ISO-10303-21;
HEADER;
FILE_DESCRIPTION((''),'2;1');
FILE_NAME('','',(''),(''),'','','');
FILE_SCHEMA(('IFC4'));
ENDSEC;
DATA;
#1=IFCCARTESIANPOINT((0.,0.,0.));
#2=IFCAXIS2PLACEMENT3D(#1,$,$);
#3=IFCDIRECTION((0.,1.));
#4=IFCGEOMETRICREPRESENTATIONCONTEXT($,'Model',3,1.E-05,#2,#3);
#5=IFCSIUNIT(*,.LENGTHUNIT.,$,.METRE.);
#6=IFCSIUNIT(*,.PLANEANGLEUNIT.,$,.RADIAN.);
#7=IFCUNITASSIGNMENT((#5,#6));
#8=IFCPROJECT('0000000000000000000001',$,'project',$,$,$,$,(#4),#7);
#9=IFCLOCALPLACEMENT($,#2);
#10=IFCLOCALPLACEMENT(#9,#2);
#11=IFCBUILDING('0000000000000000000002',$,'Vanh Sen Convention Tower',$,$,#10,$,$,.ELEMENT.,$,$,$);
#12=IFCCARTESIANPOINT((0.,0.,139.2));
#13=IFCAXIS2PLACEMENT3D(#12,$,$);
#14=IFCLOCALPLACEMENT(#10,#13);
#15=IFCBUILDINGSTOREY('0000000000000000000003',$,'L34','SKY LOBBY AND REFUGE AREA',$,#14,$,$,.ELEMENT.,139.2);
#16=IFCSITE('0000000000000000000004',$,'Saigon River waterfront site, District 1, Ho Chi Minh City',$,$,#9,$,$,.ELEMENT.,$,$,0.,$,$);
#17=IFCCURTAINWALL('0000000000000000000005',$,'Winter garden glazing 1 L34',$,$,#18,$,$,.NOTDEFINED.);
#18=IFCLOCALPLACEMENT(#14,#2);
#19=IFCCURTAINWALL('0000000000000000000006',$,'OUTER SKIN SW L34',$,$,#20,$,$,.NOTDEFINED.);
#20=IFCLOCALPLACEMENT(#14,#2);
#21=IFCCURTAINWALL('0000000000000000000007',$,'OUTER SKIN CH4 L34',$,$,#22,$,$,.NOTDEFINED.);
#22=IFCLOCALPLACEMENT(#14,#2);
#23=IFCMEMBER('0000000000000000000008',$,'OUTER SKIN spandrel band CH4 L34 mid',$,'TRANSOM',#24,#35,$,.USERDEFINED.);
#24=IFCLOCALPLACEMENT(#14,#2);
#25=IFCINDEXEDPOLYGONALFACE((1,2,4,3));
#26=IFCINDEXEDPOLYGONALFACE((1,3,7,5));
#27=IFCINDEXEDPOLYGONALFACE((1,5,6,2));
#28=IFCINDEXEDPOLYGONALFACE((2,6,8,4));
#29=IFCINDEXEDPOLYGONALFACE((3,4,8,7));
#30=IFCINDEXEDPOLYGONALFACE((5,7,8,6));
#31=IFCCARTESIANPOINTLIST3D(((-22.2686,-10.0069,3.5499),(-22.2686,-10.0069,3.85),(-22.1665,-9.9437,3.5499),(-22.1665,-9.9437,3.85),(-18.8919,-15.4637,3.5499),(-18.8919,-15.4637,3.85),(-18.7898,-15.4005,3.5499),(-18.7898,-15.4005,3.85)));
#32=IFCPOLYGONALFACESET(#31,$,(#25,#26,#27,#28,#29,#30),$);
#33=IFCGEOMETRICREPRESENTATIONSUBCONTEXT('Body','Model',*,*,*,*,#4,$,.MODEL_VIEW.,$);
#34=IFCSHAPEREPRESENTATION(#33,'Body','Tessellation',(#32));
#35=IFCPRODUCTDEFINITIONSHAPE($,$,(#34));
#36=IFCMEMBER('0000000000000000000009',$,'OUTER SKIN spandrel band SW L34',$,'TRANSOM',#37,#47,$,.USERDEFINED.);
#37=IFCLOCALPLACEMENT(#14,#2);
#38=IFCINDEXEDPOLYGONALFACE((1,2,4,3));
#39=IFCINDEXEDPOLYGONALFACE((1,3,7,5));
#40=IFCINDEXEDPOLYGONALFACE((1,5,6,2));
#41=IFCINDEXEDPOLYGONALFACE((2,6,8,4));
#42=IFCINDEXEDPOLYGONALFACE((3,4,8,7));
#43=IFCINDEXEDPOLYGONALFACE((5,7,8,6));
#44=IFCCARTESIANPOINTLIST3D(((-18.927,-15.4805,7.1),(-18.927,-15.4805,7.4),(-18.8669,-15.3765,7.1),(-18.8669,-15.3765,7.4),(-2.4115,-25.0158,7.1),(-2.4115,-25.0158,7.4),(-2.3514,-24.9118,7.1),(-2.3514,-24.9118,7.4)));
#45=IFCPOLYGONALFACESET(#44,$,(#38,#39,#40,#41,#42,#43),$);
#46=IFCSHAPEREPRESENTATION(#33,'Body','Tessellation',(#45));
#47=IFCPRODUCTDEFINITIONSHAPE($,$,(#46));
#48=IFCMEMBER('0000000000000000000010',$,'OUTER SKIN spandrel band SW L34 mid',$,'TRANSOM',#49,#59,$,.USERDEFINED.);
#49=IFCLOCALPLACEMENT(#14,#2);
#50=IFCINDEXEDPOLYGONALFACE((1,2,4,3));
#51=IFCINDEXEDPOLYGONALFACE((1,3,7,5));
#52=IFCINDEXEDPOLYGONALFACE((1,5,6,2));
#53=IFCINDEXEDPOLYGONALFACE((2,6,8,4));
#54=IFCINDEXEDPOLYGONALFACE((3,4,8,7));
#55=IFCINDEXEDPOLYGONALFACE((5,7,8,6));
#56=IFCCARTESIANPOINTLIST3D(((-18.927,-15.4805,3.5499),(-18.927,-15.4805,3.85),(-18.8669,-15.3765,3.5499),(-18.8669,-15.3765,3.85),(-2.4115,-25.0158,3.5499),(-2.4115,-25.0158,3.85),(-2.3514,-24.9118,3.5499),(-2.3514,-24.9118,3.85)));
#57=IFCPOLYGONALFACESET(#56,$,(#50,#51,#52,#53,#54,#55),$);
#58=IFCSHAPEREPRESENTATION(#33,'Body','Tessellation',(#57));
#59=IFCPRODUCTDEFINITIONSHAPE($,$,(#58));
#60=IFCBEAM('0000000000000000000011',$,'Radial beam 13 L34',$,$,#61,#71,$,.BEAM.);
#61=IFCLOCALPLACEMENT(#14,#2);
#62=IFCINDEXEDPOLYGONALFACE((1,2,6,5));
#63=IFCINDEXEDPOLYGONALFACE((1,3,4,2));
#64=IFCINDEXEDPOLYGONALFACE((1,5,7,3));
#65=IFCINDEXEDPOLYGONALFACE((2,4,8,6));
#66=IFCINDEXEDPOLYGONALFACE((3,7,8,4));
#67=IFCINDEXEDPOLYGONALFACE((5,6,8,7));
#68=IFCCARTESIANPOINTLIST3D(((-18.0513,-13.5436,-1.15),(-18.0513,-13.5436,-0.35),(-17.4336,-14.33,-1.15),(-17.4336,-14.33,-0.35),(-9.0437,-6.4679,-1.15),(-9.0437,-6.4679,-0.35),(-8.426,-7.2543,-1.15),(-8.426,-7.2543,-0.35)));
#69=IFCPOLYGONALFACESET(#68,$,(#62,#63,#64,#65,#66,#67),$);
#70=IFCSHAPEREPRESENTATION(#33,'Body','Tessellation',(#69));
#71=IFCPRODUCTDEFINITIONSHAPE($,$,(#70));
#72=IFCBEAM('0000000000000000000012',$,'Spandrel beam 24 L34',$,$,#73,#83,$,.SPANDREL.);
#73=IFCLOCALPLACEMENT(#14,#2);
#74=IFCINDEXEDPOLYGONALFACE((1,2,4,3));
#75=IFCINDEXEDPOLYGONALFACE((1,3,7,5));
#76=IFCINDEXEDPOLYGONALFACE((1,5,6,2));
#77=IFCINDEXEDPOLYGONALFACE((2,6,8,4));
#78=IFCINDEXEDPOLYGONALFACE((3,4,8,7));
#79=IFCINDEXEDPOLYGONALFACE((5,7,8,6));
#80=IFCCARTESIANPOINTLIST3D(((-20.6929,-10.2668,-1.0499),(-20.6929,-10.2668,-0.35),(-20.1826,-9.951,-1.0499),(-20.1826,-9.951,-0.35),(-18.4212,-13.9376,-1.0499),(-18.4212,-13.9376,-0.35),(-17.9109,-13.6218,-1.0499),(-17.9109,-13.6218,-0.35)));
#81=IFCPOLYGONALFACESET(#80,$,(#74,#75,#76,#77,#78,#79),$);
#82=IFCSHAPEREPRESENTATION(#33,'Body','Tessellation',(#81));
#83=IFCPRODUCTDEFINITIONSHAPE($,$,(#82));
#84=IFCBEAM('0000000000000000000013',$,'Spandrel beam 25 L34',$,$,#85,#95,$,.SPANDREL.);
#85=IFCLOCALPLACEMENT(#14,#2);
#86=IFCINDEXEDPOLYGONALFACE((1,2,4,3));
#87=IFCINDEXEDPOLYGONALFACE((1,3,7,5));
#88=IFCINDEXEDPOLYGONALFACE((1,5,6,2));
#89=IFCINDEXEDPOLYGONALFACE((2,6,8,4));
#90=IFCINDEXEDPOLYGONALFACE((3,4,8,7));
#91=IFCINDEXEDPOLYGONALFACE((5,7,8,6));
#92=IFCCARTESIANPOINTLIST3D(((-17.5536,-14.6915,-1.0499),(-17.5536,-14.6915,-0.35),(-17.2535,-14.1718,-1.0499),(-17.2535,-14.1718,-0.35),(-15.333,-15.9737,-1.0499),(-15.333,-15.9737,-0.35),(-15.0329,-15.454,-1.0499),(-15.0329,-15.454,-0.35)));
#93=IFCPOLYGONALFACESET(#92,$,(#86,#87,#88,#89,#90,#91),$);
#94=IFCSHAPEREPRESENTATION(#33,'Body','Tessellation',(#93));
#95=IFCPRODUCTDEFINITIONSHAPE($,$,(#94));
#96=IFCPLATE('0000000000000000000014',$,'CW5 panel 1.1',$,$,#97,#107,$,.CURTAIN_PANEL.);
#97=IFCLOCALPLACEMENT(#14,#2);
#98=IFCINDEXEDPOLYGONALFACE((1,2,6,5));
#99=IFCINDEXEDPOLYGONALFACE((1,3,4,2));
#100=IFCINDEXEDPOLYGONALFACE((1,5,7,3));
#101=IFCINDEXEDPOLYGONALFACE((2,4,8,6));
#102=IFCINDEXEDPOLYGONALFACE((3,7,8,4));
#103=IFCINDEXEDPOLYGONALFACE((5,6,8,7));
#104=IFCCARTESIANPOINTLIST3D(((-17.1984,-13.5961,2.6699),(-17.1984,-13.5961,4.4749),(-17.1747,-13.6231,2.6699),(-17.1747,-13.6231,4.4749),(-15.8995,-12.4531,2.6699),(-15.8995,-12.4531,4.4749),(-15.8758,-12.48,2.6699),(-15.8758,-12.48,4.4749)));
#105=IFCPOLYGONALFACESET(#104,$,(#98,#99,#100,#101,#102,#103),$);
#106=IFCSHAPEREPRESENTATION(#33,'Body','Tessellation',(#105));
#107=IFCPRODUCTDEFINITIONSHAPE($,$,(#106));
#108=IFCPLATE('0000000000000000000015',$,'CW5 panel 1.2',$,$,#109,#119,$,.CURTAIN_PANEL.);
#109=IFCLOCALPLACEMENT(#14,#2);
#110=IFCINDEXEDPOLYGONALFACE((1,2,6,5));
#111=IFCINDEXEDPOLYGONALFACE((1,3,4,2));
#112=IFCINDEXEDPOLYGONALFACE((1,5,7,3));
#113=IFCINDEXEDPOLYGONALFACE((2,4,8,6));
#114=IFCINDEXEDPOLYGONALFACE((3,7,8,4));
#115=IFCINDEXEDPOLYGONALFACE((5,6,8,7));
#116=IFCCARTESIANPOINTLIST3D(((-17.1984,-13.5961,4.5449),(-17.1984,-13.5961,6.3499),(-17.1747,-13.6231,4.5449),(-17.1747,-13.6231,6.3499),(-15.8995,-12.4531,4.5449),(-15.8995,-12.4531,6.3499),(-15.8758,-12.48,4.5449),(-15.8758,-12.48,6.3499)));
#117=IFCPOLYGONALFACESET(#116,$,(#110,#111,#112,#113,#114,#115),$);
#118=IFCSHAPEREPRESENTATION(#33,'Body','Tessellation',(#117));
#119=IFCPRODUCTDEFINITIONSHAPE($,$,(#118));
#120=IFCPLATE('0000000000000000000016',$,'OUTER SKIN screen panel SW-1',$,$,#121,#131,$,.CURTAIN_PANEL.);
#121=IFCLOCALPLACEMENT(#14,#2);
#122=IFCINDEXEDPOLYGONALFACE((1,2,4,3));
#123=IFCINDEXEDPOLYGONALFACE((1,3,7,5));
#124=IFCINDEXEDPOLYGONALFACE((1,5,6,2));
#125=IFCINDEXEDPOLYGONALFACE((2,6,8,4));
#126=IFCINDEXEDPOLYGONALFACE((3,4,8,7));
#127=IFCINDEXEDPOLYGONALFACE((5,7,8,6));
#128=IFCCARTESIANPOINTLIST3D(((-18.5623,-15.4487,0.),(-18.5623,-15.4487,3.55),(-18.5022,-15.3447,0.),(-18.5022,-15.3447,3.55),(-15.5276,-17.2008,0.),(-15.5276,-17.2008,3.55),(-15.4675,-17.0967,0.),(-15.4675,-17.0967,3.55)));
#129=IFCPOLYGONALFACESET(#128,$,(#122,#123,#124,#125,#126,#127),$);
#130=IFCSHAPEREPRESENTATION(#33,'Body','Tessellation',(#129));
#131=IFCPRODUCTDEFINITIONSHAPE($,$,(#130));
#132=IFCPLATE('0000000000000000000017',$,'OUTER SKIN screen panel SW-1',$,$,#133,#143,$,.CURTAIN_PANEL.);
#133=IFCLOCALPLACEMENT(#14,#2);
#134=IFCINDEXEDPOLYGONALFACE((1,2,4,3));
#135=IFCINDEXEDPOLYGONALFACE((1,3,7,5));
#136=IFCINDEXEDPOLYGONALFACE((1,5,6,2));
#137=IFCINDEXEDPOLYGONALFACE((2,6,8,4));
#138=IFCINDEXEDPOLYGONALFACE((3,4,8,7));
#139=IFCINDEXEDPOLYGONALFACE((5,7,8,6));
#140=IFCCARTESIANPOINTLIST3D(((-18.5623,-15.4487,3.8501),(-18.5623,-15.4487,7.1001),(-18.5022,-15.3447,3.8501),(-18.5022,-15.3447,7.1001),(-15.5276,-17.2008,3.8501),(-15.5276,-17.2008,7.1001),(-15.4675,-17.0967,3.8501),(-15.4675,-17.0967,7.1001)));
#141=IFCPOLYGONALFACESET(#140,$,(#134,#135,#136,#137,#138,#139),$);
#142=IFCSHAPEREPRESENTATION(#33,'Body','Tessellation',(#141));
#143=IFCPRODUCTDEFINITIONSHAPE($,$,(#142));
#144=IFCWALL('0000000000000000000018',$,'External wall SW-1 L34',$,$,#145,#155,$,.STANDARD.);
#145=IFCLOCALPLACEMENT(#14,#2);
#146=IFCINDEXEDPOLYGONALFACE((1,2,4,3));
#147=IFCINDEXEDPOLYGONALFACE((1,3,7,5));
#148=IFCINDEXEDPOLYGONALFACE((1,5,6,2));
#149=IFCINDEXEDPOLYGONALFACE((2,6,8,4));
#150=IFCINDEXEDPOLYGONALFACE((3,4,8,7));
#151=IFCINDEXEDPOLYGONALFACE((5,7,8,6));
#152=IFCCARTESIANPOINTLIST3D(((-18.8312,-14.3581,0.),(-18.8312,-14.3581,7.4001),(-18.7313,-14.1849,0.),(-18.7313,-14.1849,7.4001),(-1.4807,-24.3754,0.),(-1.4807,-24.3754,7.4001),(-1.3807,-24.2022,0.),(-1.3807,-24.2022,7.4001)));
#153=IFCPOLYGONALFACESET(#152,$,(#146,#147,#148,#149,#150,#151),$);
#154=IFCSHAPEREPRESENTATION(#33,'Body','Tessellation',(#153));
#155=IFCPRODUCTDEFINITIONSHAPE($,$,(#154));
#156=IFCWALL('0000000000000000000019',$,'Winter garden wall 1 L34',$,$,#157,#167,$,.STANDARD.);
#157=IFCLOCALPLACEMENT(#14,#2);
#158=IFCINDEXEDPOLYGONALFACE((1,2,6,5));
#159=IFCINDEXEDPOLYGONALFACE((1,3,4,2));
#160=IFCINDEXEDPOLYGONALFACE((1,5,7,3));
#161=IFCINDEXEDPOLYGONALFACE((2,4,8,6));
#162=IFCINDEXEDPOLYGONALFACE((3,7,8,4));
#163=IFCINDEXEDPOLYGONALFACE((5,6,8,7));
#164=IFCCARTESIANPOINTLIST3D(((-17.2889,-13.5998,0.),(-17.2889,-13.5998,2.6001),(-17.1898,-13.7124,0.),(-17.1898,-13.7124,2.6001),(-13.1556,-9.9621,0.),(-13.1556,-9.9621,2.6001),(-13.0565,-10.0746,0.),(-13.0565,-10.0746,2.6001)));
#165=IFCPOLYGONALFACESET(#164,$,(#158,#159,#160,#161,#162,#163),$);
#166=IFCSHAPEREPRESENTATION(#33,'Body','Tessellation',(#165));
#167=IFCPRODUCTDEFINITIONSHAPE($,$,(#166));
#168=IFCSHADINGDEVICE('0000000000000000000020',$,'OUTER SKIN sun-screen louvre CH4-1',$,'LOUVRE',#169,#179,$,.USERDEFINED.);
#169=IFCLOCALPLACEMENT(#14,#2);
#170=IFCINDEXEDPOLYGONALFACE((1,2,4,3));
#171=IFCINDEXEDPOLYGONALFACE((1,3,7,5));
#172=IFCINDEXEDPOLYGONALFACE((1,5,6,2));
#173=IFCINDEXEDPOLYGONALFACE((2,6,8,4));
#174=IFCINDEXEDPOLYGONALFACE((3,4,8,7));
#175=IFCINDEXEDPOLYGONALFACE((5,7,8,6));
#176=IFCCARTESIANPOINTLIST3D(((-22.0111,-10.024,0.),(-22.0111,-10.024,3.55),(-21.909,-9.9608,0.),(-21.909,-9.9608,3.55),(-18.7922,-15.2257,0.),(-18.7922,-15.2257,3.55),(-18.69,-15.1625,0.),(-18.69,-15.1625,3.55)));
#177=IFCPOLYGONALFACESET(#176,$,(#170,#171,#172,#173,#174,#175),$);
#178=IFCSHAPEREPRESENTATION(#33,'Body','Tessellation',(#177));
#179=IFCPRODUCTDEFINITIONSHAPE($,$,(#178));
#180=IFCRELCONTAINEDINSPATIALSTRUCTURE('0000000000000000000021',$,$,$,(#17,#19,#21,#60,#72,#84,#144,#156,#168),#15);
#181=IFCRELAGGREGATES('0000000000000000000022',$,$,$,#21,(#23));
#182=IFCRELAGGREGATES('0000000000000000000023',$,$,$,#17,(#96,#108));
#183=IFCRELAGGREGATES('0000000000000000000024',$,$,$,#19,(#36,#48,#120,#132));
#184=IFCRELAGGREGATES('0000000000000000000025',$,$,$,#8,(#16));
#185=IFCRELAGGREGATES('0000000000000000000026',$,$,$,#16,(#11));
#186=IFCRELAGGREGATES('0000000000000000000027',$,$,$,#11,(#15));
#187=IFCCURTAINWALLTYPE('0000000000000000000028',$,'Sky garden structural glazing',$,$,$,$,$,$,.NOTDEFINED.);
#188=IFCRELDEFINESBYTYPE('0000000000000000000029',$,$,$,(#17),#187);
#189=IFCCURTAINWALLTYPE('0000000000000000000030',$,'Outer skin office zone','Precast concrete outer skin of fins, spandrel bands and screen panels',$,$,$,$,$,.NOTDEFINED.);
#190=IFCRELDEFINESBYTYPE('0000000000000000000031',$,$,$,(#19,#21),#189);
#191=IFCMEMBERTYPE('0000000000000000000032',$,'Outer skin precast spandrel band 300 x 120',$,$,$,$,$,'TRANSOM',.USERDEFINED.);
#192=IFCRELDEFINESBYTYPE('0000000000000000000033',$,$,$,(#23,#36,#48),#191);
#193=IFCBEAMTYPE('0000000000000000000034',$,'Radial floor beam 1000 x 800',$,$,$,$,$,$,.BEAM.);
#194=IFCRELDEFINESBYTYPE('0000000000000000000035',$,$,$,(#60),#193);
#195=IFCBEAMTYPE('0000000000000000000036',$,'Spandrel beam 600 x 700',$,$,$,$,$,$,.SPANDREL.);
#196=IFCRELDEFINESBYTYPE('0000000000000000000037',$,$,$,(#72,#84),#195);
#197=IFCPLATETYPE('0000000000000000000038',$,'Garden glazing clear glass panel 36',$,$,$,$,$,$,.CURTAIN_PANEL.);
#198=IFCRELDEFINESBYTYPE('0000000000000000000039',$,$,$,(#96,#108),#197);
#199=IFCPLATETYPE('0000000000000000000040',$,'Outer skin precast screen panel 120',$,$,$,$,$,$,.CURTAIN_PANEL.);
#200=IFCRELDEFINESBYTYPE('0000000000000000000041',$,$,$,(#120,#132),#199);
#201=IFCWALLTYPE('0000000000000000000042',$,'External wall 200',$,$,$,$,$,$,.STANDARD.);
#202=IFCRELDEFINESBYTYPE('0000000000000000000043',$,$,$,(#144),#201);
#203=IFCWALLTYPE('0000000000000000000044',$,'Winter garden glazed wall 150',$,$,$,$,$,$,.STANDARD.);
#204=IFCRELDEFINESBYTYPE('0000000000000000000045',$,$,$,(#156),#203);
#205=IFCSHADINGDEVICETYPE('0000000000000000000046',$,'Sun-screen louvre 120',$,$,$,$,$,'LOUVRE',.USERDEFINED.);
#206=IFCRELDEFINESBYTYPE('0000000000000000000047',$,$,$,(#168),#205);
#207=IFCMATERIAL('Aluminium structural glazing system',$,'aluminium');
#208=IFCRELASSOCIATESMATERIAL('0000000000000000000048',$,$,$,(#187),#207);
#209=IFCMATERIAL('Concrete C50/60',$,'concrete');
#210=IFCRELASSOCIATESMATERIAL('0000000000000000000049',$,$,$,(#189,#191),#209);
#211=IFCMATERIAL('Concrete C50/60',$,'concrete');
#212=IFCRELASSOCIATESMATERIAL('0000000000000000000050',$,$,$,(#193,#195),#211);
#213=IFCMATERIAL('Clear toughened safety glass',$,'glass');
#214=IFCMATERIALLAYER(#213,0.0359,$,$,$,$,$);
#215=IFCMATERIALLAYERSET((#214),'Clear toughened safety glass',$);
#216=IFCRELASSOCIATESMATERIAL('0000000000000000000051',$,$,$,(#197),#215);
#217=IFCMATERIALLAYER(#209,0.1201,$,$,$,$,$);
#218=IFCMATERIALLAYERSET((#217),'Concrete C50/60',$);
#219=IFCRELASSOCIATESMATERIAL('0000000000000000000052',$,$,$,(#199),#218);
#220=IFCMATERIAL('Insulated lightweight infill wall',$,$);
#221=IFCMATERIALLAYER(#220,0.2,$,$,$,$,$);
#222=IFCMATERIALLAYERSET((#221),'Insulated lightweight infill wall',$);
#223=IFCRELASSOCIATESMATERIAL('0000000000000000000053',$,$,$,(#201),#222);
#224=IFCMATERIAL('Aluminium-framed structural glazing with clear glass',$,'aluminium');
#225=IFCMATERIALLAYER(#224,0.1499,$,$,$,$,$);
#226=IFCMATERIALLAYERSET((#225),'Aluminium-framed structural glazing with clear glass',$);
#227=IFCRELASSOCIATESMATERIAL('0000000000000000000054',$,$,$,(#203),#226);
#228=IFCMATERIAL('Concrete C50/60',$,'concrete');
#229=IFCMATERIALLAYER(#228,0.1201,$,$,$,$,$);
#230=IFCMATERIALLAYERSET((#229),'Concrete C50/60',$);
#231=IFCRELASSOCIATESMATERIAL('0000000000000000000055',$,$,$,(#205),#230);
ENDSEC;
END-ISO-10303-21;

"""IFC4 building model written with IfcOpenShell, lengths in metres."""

from ifc_helpers import new_model, si_unit, direction, frame, frame_2d, origin, origin_2d, place, context, subcontext, project, spatial, rectangle, extrude, material, layer, layer_set, material_profile, profile_set, type_object, element, aggregate, save


model = new_model("IFC4")

# Units and contexts
model_context = context("Model", 3, precision=1e-05, world=origin(), true_north=direction((0.0, 1.0)))
body_context = subcontext(model_context, "Body", "Model", "MODEL_VIEW")
ifc_project = project(units=[si_unit("LENGTHUNIT", "METRE"), si_unit("PLANEANGLEUNIT", "RADIAN")], contexts=[model_context])

# Site, building, storey
site_placement = place(None, origin())
site = spatial("IfcSite", under=ifc_project, at=site_placement, Name="Saigon River waterfront site, District 1, Ho Chi Minh City", CompositionType="ELEMENT", RefElevation=0.0)
building_placement = place(site_placement, origin())
building = spatial("IfcBuilding", under=site, at=building_placement, Name="Vanh Sen Convention Tower", CompositionType="ELEMENT")
storey_placement = place(building_placement, frame((0.0, 0.0, 139.2)))
storey = spatial("IfcBuildingStorey", under=building, at=storey_placement, Name="L34", Description="SKY LOBBY AND REFUGE AREA", CompositionType="ELEMENT", Elevation=139.2)

# Curtain wall
ifc_material_1 = material(Name="Aluminium structural glazing system", Category="aluminium")
curtain_wall_type_1 = type_object("IfcCurtainWallType", Name="Sky garden structural glazing", PredefinedType="NOTDEFINED", material=ifc_material_1)
curtain_wall_1_placement = place(storey_placement, origin())
curtain_wall_1 = element("IfcCurtainWall", 1, at=curtain_wall_1_placement, inside=storey, type_object=curtain_wall_type_1, Name="Winter garden glazing 1 L34", PredefinedType="NOTDEFINED")

# Shared definitions
ifc_material_2 = material(Name="Concrete C50/60", Category="concrete")
curtain_wall_type_2 = type_object("IfcCurtainWallType", Name="Outer skin office zone", Description="Precast concrete outer skin of fins, spandrel bands and screen panels", PredefinedType="NOTDEFINED", material=ifc_material_2)

# Curtain walls, member
curtain_wall_2_placement = place(storey_placement, origin())
curtain_wall_2 = element("IfcCurtainWall", 2, at=curtain_wall_2_placement, inside=storey, type_object=curtain_wall_type_2, Name="OUTER SKIN SW L34", PredefinedType="NOTDEFINED")
curtain_wall_3_placement = place(storey_placement, origin())
curtain_wall_3 = element("IfcCurtainWall", 3, at=curtain_wall_3_placement, inside=storey, type_object=curtain_wall_type_2, Name="OUTER SKIN CH4 L34", PredefinedType="NOTDEFINED")
ifc_material_profile_1 = material_profile(ifc_material_2, rectangle(XDim=0.1201, YDim=0.3, at=origin_2d()), Name="Outer skin precast spandrel band 300 x 120")
ifc_profile_set_1 = profile_set([ifc_material_profile_1], Name="Concrete C50/60")
member_type_1 = type_object("IfcMemberType", Name="Outer skin precast spandrel band 300 x 120", ElementType="TRANSOM", PredefinedType="USERDEFINED", material=ifc_profile_set_1)
member_1_placement = place(storey_placement, frame((-22.2175, -9.9753, 3.7), z_axis=(0.526208, -0.850356, 0.0), x_axis=(0.850356, 0.526208, 0.0)))
member_1 = element("IfcMember", 4, at=member_1_placement, type_object=member_type_1, Name="OUTER SKIN spandrel band CH4 L34 mid", ObjectType="TRANSOM", PredefinedType="USERDEFINED", context=body_context, shape_type="SweptSolid", body=[
    extrude(rectangle(XDim=0.1201, YDim=0.3, at=origin_2d()), origin(), (0.0, 0.0, 1.0), 6.417),
])
aggregate(curtain_wall_3, [member_1])

# Members
member_2_placement = place(storey_placement, frame((-18.897, -15.4285, 7.25), z_axis=(0.866023, -0.500004, 0.0), x_axis=(0.500004, 0.866023, 0.0)))
member_2 = element("IfcMember", 5, at=member_2_placement, type_object=member_type_1, Name="OUTER SKIN spandrel band SW L34", ObjectType="TRANSOM", PredefinedType="USERDEFINED", context=body_context, shape_type="SweptSolid", body=[
    extrude(rectangle(XDim=0.1201, YDim=0.3, at=origin_2d()), origin(), (0.0, 0.0, 1.0), 19.0706),
])
member_3_placement = place(storey_placement, frame((-18.897, -15.4285, 3.7), z_axis=(0.866023, -0.500004, 0.0), x_axis=(0.500004, 0.866023, 0.0)))
member_3 = element("IfcMember", 6, at=member_3_placement, type_object=member_type_1, Name="OUTER SKIN spandrel band SW L34 mid", ObjectType="TRANSOM", PredefinedType="USERDEFINED", context=body_context, shape_type="SweptSolid", body=[
    extrude(rectangle(XDim=0.1201, YDim=0.3, at=origin_2d()), origin(), (0.0, 0.0, 1.0), 19.0706),
])

# Beams
ifc_material_3 = material(Name="Concrete C50/60", Category="concrete")
ifc_material_profile_2 = material_profile(ifc_material_3, rectangle(XDim=1.0, YDim=0.8, at=origin_2d()), Name="RC 1000X800")
ifc_profile_set_2 = profile_set([ifc_material_profile_2], Name="Concrete C50/60")
beam_type_1 = type_object("IfcBeamType", Name="Radial floor beam 1000 x 800", PredefinedType="BEAM", material=ifc_profile_set_2)
beam_1_placement = place(storey_placement, frame((-17.7424, -13.9368, -0.75), z_axis=(0.78639, 0.61773, 0.0), x_axis=(-0.61773, 0.78639, 0.0)))
element("IfcBeam", 7, at=beam_1_placement, inside=storey, type_object=beam_type_1, Name="Radial beam 13 L34", PredefinedType="BEAM", context=body_context, shape_type="SweptSolid", body=[
    extrude(rectangle(XDim=1.0, YDim=0.8, at=origin_2d()), origin(), (0.0, 0.0, 1.0), 11.4543),
])
ifc_material_profile_3 = material_profile(ifc_material_3, rectangle(XDim=0.6001, YDim=0.7, at=origin_2d()), Name="RC 600X700")
ifc_profile_set_3 = profile_set([ifc_material_profile_3], Name="Concrete C50/60")
beam_type_2 = type_object("IfcBeamType", Name="Spandrel beam 600 x 700", PredefinedType="SPANDREL", material=ifc_profile_set_3)
beam_2_placement = place(storey_placement, frame((-20.4377, -10.1089, -0.7), z_axis=(0.526232, -0.850341, 0.0), x_axis=(0.850341, 0.526232, 0.0)))
element("IfcBeam", 8, at=beam_2_placement, inside=storey, type_object=beam_type_2, Name="Spandrel beam 24 L34", PredefinedType="SPANDREL", context=body_context, shape_type="SweptSolid", body=[
    extrude(rectangle(XDim=0.6001, YDim=0.7, at=origin_2d()), origin(), (0.0, 0.0, 1.0), 4.3169),
])
beam_3_placement = place(storey_placement, frame((-17.4036, -14.4316, -0.7), z_axis=(0.866008, -0.50003, 0.0), x_axis=(0.50003, 0.866008, 0.0)))
element("IfcBeam", 9, at=beam_3_placement, inside=storey, type_object=beam_type_2, Name="Spandrel beam 25 L34", PredefinedType="SPANDREL", context=body_context, shape_type="SweptSolid", body=[
    extrude(rectangle(XDim=0.6001, YDim=0.7, at=origin_2d()), origin(), (0.0, 0.0, 1.0), 2.5642),
])

# Plates
ifc_material_4 = material(Name="Clear toughened safety glass", Category="glass")
ifc_layer_1 = layer(ifc_material_4, 0.0359)
ifc_layer_set_1 = layer_set([ifc_layer_1], Name="Clear toughened safety glass")
plate_type_1 = type_object("IfcPlateType", Name="Garden glazing clear glass panel 36", PredefinedType="CURTAIN_PANEL", material=ifc_layer_set_1)
plate_1_placement = place(storey_placement, frame((-16.5371, -13.0381, 2.6699), z_axis=(0.0, 0.0, 1.0), x_axis=(0.750696, 0.660648, 0.0)))
plate_1 = element("IfcPlate", 10, at=plate_1_placement, type_object=plate_type_1, Name="CW5 panel 1.1", PredefinedType="CURTAIN_PANEL", context=body_context, shape_type="SweptSolid", body=[
    extrude(rectangle(XDim=1.7302, YDim=0.0359, at=origin_2d()), origin(), (0.0, 0.0, 1.0), 1.8049),
])
plate_2_placement = place(storey_placement, frame((-16.5371, -13.0381, 4.5449), z_axis=(0.0, 0.0, 1.0), x_axis=(0.750696, 0.660648, 0.0)))
plate_2 = element("IfcPlate", 11, at=plate_2_placement, type_object=plate_type_1, Name="CW5 panel 1.2", PredefinedType="CURTAIN_PANEL", context=body_context, shape_type="SweptSolid", body=[
    extrude(rectangle(XDim=1.7302, YDim=0.0359, at=origin_2d()), origin(), (0.0, 0.0, 1.0), 1.8049),
])
aggregate(curtain_wall_1, [plate_1, plate_2])
ifc_layer_2 = layer(ifc_material_2, 0.1201)
ifc_layer_set_2 = layer_set([ifc_layer_2], Name="Concrete C50/60")
plate_type_2 = type_object("IfcPlateType", Name="Outer skin precast screen panel 120", PredefinedType="CURTAIN_PANEL", material=ifc_layer_set_2)
plate_3_placement = place(storey_placement, frame((-17.0149, -16.2727, 0.0), z_axis=(0.0, 0.0, 1.0), x_axis=(0.866024, -0.500003, 0.0)))
plate_3 = element("IfcPlate", 12, at=plate_3_placement, type_object=plate_type_2, Name="OUTER SKIN screen panel SW-1", PredefinedType="CURTAIN_PANEL", context=body_context, shape_type="SweptSolid", body=[
    extrude(rectangle(XDim=3.5042, YDim=0.1201, at=origin_2d()), origin(), (0.0, 0.0, 1.0), 3.55),
])
plate_4_placement = place(storey_placement, frame((-17.0149, -16.2727, 3.8501), z_axis=(0.0, 0.0, 1.0), x_axis=(0.866024, -0.500003, 0.0)))
plate_4 = element("IfcPlate", 13, at=plate_4_placement, type_object=plate_type_2, Name="OUTER SKIN screen panel SW-1", PredefinedType="CURTAIN_PANEL", context=body_context, shape_type="SweptSolid", body=[
    extrude(rectangle(XDim=3.5042, YDim=0.1201, at=origin_2d()), origin(), (0.0, 0.0, 1.0), 3.25),
])
aggregate(curtain_wall_2, [member_2, member_3, plate_3, plate_4])

# Walls
ifc_material_5 = material(Name="Insulated lightweight infill wall")
ifc_layer_3 = layer(ifc_material_5, 0.2)
ifc_layer_set_3 = layer_set([ifc_layer_3], Name="Insulated lightweight infill wall")
wall_type_1 = type_object("IfcWallType", Name="External wall 200", PredefinedType="STANDARD", material=ifc_layer_set_3)
wall_1_placement = place(storey_placement, frame((-18.7812, -14.2715, 0.0), z_axis=(0.0, 0.0, 1.0), x_axis=(0.866026, -0.499999, 0.0)))
element("IfcWall", 14, at=wall_1_placement, inside=storey, type_object=wall_type_1, Name="External wall SW-1 L34", PredefinedType="STANDARD", context=body_context, shape_type="SweptSolid", body=[
    extrude(rectangle(XDim=20.0347, YDim=0.2, at=frame_2d((10.0173, 0.0))), origin(), (0.0, 0.0, 1.0), 7.4001),
])
ifc_material_6 = material(Name="Aluminium-framed structural glazing with clear glass", Category="aluminium")
ifc_layer_4 = layer(ifc_material_6, 0.1499)
ifc_layer_set_4 = layer_set([ifc_layer_4], Name="Aluminium-framed structural glazing with clear glass")
wall_type_2 = type_object("IfcWallType", Name="Winter garden glazed wall 150", PredefinedType="STANDARD", material=ifc_layer_set_4)
wall_2_placement = place(storey_placement, frame((-17.2393, -13.656, 0.0), z_axis=(0.0, 0.0, 1.0), x_axis=(0.750678, 0.660668, 0.0)))
element("IfcWall", 15, at=wall_2_placement, inside=storey, type_object=wall_type_2, Name="Winter garden wall 1 L34", PredefinedType="STANDARD", context=body_context, shape_type="SweptSolid", body=[
    extrude(rectangle(XDim=5.5061, YDim=0.1499, at=frame_2d((2.7529, 0.0))), origin(), (0.0, 0.0, 1.0), 2.6001),
])

# Shading device
ifc_material_7 = material(Name="Concrete C50/60", Category="concrete")
ifc_layer_5 = layer(ifc_material_7, 0.1201)
ifc_layer_set_5 = layer_set([ifc_layer_5], Name="Concrete C50/60")
shading_device_type = type_object("IfcShadingDeviceType", Name="Sun-screen louvre 120", ElementType="LOUVRE", PredefinedType="USERDEFINED", material=ifc_layer_set_5)
shading_device_1_placement = place(storey_placement, frame((-20.3506, -12.5933, 0.0), z_axis=(0.0, 0.0, 1.0), x_axis=(0.526218, -0.850349, 0.0)))
element("IfcShadingDevice", 16, at=shading_device_1_placement, inside=storey, type_object=shading_device_type, Name="OUTER SKIN sun-screen louvre CH4-1", ObjectType="LOUVRE", PredefinedType="USERDEFINED", context=body_context, shape_type="SweptSolid", body=[
    extrude(rectangle(XDim=6.1172, YDim=0.1201, at=origin_2d()), origin(), (0.0, 0.0, 1.0), 3.55),
])

save(model, "model.ifc")
